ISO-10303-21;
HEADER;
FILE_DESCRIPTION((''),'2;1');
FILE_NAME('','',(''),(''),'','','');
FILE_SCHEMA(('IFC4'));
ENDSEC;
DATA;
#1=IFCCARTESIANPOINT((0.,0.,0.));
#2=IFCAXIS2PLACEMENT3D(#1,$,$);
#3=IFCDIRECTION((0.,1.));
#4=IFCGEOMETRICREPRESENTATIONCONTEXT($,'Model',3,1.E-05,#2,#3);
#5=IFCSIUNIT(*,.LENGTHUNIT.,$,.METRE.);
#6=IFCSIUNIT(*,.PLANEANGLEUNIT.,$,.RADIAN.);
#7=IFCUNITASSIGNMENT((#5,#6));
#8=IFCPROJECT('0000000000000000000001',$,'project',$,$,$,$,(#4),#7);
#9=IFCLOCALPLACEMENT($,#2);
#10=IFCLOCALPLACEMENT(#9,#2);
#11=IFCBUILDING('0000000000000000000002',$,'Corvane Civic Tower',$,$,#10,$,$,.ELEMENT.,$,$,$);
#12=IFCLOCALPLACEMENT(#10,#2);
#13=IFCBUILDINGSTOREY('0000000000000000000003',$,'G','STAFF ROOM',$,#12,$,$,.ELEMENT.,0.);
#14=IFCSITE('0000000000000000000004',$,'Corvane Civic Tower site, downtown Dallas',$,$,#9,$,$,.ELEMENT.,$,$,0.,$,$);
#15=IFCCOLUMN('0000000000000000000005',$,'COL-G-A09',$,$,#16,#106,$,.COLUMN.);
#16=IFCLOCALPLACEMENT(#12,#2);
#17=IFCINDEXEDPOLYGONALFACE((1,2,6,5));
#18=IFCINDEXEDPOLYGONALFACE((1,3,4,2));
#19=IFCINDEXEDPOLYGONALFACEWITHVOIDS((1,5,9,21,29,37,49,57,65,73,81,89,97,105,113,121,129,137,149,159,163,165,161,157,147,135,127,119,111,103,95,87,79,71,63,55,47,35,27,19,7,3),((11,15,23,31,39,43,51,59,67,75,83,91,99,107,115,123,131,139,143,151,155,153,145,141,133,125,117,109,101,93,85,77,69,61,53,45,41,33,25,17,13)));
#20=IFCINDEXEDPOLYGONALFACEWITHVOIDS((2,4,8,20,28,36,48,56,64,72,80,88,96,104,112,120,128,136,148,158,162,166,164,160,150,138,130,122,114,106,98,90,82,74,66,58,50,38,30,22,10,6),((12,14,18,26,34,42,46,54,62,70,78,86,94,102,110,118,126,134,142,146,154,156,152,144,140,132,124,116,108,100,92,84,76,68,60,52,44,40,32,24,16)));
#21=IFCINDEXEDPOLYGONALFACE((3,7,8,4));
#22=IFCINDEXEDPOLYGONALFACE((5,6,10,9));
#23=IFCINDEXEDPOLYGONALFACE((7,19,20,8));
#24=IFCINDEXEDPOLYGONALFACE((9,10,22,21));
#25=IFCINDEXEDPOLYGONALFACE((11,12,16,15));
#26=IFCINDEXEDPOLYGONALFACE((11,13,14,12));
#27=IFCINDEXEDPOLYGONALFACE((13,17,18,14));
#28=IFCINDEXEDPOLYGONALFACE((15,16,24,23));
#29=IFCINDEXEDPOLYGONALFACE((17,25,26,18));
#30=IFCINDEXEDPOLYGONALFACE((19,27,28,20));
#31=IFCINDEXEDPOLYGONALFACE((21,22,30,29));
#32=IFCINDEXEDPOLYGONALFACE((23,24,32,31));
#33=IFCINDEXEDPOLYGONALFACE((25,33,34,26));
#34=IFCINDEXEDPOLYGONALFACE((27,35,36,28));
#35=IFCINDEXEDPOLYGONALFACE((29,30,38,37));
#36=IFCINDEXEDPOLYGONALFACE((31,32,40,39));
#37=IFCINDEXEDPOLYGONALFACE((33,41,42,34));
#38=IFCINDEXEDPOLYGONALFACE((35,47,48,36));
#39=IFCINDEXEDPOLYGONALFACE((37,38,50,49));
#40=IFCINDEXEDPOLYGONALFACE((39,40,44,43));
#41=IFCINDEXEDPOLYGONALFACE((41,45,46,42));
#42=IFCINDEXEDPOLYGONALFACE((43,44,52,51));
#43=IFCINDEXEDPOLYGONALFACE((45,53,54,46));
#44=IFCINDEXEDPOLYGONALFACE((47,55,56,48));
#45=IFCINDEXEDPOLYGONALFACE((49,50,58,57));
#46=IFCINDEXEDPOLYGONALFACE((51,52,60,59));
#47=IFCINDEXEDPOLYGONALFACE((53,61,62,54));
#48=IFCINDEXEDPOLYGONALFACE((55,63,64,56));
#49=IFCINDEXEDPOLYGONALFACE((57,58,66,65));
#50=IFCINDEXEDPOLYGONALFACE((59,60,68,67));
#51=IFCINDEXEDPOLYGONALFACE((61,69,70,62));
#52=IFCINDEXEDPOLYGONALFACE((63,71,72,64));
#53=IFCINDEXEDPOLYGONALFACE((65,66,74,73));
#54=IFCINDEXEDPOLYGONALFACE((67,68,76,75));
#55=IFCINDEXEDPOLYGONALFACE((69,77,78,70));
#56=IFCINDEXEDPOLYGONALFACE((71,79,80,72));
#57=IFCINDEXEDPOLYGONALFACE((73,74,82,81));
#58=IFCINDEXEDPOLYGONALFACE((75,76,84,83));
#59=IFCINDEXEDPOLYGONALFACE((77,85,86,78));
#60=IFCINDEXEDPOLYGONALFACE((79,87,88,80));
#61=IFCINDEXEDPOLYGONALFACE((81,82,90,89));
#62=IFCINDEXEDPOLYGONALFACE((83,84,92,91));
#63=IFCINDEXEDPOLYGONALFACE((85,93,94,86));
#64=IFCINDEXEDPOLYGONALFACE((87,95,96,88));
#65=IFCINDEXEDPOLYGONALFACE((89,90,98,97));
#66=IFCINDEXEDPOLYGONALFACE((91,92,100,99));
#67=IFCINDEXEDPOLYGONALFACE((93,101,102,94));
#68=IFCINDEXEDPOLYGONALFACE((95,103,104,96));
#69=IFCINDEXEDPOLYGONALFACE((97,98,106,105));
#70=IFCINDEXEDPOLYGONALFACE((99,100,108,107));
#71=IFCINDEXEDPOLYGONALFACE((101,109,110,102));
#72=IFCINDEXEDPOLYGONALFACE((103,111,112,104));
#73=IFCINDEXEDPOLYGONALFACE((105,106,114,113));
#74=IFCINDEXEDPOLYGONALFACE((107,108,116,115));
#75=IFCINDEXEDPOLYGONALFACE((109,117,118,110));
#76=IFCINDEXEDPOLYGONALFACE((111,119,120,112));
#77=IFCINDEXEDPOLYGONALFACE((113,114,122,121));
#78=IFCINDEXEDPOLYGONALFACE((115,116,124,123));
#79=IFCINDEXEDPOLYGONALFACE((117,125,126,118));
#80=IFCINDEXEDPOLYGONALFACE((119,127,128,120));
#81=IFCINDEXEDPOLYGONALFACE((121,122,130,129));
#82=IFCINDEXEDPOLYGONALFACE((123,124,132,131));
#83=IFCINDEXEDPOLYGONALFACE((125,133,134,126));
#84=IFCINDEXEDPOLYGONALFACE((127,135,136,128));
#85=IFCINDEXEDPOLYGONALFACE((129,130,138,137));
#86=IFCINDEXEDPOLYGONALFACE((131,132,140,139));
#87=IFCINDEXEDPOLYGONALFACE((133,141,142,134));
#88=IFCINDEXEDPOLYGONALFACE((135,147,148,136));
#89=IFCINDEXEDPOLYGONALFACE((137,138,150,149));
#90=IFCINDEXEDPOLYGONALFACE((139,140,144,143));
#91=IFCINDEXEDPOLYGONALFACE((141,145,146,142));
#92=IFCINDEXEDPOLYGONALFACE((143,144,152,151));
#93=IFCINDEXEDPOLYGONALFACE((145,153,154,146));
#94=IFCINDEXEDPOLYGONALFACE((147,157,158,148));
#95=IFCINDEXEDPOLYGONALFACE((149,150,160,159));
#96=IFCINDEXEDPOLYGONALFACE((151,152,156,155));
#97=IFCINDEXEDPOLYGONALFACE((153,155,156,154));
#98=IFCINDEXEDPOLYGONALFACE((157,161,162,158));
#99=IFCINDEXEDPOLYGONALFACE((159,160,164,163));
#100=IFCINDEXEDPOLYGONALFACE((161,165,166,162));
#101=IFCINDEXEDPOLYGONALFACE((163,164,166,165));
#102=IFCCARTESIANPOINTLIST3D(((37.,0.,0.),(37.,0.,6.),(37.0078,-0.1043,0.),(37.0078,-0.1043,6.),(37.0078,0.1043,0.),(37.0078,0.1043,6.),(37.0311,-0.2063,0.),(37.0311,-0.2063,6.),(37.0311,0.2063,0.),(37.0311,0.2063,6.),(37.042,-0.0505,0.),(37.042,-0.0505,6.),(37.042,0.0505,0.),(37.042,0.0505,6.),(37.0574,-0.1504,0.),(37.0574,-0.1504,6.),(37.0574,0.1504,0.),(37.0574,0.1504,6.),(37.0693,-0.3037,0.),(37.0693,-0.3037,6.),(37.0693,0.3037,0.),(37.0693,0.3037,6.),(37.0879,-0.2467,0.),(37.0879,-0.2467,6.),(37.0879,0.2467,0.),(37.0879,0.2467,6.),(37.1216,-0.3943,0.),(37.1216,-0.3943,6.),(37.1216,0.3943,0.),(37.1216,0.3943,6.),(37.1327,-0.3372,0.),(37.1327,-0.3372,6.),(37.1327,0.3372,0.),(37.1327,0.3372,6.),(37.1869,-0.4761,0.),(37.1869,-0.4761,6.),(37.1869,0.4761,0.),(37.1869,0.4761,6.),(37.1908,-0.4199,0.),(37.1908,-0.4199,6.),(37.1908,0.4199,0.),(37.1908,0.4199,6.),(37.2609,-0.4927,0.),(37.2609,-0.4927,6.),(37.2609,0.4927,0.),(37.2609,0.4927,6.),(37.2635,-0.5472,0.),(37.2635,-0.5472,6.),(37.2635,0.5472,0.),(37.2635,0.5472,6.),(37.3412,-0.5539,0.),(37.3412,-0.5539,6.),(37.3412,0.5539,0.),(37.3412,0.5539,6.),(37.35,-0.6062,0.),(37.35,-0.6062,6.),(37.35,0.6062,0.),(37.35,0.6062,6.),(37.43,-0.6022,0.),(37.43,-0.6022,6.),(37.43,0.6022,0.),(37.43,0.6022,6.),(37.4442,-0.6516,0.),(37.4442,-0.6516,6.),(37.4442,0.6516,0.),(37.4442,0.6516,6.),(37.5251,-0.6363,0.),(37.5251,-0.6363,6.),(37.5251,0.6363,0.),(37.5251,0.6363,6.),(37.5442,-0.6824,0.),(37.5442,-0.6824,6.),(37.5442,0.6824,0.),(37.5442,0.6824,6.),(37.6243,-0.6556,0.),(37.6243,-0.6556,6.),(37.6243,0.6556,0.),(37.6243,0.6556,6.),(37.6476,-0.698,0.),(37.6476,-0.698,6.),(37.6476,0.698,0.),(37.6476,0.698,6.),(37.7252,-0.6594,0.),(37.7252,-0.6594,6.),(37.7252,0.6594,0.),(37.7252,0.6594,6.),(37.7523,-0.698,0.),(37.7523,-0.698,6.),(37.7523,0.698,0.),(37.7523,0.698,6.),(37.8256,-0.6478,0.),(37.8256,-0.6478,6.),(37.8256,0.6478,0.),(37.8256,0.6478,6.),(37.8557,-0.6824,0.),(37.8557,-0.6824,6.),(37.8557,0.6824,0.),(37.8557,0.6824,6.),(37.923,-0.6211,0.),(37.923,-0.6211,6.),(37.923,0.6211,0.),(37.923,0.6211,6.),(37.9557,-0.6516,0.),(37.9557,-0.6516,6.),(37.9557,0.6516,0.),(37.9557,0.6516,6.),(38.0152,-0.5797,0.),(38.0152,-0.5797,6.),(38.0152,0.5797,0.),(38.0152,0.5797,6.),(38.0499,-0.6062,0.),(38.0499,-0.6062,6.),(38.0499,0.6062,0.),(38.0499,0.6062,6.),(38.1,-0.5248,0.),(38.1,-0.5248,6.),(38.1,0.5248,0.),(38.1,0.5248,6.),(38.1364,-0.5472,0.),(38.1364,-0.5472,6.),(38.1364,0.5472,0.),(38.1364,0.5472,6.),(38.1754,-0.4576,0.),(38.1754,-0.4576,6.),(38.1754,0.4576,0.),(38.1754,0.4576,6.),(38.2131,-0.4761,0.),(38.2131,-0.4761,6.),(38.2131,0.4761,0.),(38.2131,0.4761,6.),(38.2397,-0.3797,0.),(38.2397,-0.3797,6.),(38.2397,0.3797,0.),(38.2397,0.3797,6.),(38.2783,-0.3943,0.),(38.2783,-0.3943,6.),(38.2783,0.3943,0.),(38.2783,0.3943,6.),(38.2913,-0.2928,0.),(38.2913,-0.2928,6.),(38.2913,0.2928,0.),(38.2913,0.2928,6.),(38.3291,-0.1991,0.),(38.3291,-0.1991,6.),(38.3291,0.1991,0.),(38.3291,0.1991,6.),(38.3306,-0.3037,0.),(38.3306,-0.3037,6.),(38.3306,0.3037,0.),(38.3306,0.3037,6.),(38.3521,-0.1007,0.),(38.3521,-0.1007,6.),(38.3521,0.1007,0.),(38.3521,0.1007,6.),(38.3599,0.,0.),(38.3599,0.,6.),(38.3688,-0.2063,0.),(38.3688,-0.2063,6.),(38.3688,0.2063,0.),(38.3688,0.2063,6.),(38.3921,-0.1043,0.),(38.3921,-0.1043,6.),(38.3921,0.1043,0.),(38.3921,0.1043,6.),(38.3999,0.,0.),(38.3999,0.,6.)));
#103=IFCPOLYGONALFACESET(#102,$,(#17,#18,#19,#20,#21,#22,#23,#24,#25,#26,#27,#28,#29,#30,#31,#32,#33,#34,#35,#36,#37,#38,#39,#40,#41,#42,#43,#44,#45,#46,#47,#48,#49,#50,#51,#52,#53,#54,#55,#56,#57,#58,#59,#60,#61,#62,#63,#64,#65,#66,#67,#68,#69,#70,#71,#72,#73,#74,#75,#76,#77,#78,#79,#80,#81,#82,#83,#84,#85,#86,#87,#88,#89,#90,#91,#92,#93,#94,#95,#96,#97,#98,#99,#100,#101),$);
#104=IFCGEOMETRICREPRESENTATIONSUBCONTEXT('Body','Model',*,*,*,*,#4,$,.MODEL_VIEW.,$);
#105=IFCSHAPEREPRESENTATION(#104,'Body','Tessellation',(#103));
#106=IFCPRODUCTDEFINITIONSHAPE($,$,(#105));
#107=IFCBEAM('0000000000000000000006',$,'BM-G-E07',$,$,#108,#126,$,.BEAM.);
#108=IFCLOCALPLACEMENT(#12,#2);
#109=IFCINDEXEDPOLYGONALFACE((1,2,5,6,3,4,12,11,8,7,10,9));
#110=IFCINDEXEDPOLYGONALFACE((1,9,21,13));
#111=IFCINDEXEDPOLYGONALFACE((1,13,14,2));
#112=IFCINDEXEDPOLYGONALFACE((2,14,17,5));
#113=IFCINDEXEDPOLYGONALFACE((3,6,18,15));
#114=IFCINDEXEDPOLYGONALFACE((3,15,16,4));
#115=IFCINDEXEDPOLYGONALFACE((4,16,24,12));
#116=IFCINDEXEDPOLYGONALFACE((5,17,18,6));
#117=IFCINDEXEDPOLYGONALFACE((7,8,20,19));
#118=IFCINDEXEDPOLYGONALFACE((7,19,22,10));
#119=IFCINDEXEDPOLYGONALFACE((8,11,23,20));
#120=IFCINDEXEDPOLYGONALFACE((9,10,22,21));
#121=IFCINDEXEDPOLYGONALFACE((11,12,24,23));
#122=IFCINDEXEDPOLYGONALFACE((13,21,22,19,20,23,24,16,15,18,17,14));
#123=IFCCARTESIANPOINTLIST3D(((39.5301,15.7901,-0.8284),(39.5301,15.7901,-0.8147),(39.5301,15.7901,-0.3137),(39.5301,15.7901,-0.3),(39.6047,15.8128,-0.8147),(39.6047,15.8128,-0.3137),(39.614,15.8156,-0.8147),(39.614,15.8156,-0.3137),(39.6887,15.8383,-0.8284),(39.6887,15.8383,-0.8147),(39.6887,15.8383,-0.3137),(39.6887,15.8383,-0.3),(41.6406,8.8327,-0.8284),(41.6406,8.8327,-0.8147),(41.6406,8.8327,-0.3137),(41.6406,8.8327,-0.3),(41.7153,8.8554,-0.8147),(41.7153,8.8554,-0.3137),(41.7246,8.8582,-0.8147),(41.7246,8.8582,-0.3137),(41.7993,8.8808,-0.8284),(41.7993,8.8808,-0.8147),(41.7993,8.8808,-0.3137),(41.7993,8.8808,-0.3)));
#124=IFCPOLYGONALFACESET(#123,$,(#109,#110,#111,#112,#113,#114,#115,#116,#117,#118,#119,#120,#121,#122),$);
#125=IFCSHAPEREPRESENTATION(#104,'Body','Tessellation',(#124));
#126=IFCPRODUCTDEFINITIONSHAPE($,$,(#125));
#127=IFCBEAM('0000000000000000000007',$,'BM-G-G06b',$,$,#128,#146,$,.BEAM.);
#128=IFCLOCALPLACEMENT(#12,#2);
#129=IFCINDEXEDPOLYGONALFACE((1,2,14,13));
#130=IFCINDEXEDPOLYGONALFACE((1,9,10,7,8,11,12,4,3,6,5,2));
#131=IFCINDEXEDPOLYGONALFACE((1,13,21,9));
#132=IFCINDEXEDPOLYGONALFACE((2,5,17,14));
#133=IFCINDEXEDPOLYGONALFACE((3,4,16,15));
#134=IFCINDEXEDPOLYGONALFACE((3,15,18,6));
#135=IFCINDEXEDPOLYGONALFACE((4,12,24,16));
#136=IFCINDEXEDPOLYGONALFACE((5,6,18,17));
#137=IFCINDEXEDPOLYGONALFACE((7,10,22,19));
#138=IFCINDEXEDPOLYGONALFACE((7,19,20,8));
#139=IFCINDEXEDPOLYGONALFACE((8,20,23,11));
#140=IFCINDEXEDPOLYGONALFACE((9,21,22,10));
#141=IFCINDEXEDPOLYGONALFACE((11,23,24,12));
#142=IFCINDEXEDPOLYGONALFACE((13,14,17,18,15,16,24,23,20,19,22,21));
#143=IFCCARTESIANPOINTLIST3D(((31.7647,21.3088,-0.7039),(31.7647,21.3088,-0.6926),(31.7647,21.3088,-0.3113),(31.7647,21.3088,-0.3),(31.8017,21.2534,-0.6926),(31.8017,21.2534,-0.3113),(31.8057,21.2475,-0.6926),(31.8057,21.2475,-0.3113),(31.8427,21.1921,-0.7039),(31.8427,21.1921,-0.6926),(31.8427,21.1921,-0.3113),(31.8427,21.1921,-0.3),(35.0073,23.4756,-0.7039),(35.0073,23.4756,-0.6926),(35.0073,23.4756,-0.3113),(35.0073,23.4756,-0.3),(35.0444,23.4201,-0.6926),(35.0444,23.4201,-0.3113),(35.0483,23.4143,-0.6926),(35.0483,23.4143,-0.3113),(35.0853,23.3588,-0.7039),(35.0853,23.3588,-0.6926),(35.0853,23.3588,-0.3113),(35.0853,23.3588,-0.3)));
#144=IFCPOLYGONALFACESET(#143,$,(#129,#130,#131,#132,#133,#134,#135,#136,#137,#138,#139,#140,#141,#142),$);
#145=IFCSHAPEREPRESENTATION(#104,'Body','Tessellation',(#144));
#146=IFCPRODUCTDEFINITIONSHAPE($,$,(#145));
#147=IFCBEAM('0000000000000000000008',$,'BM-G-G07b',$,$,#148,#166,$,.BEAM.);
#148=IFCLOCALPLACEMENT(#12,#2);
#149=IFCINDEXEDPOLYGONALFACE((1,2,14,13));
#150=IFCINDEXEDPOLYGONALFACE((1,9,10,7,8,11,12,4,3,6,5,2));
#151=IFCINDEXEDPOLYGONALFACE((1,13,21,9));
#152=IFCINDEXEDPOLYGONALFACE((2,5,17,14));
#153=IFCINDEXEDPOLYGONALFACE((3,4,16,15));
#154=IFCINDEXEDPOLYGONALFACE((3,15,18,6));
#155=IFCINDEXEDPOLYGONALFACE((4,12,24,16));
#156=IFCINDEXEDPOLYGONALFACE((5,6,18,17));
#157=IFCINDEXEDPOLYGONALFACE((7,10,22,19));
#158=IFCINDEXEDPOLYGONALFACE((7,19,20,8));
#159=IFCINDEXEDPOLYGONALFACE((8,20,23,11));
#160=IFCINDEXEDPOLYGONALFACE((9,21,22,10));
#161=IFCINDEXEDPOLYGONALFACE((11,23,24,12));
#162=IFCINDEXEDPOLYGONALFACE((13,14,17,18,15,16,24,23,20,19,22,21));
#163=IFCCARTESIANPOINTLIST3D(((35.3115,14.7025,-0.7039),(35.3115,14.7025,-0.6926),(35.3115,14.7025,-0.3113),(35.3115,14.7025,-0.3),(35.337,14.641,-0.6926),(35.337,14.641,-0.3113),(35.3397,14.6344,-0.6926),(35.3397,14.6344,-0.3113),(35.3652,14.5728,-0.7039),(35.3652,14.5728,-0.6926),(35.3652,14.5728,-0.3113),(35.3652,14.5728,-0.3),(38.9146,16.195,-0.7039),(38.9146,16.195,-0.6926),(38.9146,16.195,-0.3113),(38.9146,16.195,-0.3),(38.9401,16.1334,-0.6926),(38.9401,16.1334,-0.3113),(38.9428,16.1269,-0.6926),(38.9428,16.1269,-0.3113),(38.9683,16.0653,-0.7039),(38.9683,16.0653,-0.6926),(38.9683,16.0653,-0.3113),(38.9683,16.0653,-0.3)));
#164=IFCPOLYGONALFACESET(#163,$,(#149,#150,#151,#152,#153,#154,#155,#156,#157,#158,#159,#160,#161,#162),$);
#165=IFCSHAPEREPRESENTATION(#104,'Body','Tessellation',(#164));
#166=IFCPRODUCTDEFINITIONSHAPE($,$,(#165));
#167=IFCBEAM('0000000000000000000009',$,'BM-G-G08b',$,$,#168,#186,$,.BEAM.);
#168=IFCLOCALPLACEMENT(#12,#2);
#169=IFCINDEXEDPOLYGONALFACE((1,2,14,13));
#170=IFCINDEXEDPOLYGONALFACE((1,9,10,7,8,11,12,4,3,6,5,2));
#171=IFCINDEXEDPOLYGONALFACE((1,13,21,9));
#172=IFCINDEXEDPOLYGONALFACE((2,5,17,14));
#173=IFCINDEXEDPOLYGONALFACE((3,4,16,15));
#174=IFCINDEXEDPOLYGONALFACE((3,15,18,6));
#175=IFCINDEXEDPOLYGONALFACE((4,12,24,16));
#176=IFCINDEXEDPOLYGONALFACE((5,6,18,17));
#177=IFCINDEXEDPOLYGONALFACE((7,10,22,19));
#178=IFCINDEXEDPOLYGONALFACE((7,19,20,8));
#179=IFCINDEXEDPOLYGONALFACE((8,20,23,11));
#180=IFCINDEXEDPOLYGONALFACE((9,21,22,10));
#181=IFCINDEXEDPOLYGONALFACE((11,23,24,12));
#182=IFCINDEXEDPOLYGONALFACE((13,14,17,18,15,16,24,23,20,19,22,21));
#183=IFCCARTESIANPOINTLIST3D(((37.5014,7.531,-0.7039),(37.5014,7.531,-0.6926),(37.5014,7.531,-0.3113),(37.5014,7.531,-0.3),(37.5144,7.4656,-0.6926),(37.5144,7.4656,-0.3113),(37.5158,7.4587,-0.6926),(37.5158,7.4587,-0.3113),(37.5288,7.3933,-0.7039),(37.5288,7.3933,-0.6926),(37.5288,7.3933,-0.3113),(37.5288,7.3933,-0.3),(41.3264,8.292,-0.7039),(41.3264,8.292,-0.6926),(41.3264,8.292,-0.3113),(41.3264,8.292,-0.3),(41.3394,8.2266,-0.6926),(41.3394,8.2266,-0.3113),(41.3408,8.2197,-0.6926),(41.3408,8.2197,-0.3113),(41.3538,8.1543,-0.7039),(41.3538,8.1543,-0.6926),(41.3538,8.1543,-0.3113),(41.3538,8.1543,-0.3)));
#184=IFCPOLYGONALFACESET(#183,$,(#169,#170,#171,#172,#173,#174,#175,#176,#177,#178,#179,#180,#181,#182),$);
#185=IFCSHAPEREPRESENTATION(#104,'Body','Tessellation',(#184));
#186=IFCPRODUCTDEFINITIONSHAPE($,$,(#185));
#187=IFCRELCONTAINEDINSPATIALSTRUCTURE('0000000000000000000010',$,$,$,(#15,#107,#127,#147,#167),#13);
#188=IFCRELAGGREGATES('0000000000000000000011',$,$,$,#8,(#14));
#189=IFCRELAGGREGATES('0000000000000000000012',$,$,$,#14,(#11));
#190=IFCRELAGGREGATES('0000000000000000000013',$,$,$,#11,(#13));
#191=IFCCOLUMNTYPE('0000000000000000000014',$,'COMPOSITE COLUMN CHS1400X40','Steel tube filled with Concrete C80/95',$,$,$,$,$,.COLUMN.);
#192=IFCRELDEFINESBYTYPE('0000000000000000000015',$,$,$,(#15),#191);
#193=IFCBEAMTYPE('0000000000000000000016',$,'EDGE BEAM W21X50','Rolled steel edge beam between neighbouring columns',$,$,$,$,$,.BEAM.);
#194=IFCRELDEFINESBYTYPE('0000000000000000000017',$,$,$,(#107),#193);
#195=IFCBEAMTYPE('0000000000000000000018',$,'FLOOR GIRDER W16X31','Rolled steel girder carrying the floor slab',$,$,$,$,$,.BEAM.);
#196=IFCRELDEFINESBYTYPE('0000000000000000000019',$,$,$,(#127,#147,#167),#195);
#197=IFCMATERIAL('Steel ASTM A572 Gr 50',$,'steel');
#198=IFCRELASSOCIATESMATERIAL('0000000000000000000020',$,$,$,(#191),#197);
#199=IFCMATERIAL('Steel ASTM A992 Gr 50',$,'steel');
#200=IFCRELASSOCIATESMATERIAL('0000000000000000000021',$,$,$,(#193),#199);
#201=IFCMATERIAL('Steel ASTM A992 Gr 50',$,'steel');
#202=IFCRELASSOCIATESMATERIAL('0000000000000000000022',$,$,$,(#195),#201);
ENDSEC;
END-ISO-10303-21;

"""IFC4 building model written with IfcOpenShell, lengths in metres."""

from ifc_helpers import new_model, si_unit, direction, frame, origin, origin_2d, place, context, subcontext, project, spatial, hollow_circle, i_section, extrude, material, material_profile, profile_set, type_object, element, save


model = new_model("IFC4")

# Units and contexts
model_context = context("Model", 3, precision=1e-05, world=origin(), true_north=direction((0.0, 1.0)))
body_context = subcontext(model_context, "Body", "Model", "MODEL_VIEW")
ifc_project = project(units=[si_unit("LENGTHUNIT", "METRE"), si_unit("PLANEANGLEUNIT", "RADIAN")], contexts=[model_context])

# Site, building, storey
site_placement = place(None, origin())
site = spatial("IfcSite", under=ifc_project, at=site_placement, Name="Corvane Civic Tower site, downtown Dallas", CompositionType="ELEMENT", RefElevation=0.0)
building_placement = place(site_placement, origin())
building = spatial("IfcBuilding", under=site, at=building_placement, Name="Corvane Civic Tower", CompositionType="ELEMENT")
storey_placement = place(building_placement, origin())
storey = spatial("IfcBuildingStorey", under=building, at=storey_placement, Name="G", Description="STAFF ROOM", CompositionType="ELEMENT", Elevation=0.0)

# Column
ifc_material_1 = material(Name="Steel ASTM A572 Gr 50", Category="steel")
ifc_material_profile_1 = material_profile(ifc_material_1, hollow_circle(Radius=0.7, WallThickness=0.04, at=origin_2d()), Name="CHS1400X40")
ifc_profile_set_1 = profile_set([ifc_material_profile_1], Name="Steel ASTM A572 Gr 50")
column_type_1 = type_object("IfcColumnType", Name="COMPOSITE COLUMN CHS1400X40", Description="Steel tube filled with Concrete C80/95", PredefinedType="COLUMN", material=ifc_profile_set_1)
for number, where, z_axis, x_axis, name in (
    (1, (37.7, 0.0, 0.0), (0.0, 0.0, 1.0), (1.0, 0.0, 0.0), "COL-G-A09"),
):
    element("IfcColumn", number, at=place(storey_placement, frame(where, z_axis=z_axis, x_axis=x_axis)), inside=storey, type_object=column_type_1, Name=name, PredefinedType="COLUMN", context=body_context, shape_type="SweptSolid", body=[
        extrude(hollow_circle(Radius=0.7, WallThickness=0.04, at=origin_2d()), origin(), (0.0, 0.0, 1.0), 6.0),
    ])

# Beams
ifc_material_2 = material(Name="Steel ASTM A992 Gr 50", Category="steel")
ifc_material_profile_2 = material_profile(ifc_material_2, i_section(OverallWidth=0.1658, OverallDepth=0.5283, WebThickness=0.0098, FlangeThickness=0.0137, at=origin_2d()), Name="W21X50")
ifc_profile_set_2 = profile_set([ifc_material_profile_2], Name="Steel ASTM A992 Gr 50")
beam_type_1 = type_object("IfcBeamType", Name="EDGE BEAM W21X50", Description="Rolled steel edge beam between neighbouring columns", PredefinedType="BEAM", material=ifc_profile_set_2)
beam_placement = place(storey_placement, frame((39.6094, 15.8142, -0.5642), z_axis=(0.290292, -0.956938, 0.0), x_axis=(0.956938, 0.290292, 0.0)))
element("IfcBeam", 2, at=beam_placement, inside=storey, type_object=beam_type_1, Name="BM-G-E07", PredefinedType="BEAM", context=body_context, shape_type="SweptSolid", body=[
    extrude(i_section(OverallWidth=0.1658, OverallDepth=0.5283, WebThickness=0.0098, FlangeThickness=0.0137, at=origin_2d()), origin(), (0.0, 0.0, 1.0), 7.2705),
])
ifc_material_3 = material(Name="Steel ASTM A992 Gr 50", Category="steel")
ifc_material_profile_3 = material_profile(ifc_material_3, i_section(OverallWidth=0.1404, OverallDepth=0.4038, WebThickness=0.0071, FlangeThickness=0.0112, at=origin_2d()), Name="W16X31")
ifc_profile_set_3 = profile_set([ifc_material_profile_3], Name="Steel ASTM A992 Gr 50")
beam_type_2 = type_object("IfcBeamType", Name="FLOOR GIRDER W16X31", Description="Rolled steel girder carrying the floor slab", PredefinedType="BEAM", material=ifc_profile_set_3)
for number, where, z_axis, x_axis, name in (
    (3, (31.8037, 21.2505, -0.502), (0.831462, 0.555581, 0.0), (-0.555581, 0.831462, 0.0), "BM-G-G06b"),
    (4, (35.3384, 14.6377, -0.502), (0.923879, 0.382685, 0.0), (-0.382685, 0.923879, 0.0), "BM-G-G07b"),
    (5, (37.5151, 7.4622, -0.502), (0.980778, 0.195129, 0.0), (-0.195129, 0.980778, 0.0), "BM-G-G08b"),
):
    element("IfcBeam", number, at=place(storey_placement, frame(where, z_axis=z_axis, x_axis=x_axis)), inside=storey, type_object=beam_type_2, Name=name, PredefinedType="BEAM", context=body_context, shape_type="SweptSolid", body=[
        extrude(i_section(OverallWidth=0.1404, OverallDepth=0.4038, WebThickness=0.0071, FlangeThickness=0.0112, at=origin_2d()), origin(), (0.0, 0.0, 1.0), 3.8999),
    ])

save(model, "model.ifc")
